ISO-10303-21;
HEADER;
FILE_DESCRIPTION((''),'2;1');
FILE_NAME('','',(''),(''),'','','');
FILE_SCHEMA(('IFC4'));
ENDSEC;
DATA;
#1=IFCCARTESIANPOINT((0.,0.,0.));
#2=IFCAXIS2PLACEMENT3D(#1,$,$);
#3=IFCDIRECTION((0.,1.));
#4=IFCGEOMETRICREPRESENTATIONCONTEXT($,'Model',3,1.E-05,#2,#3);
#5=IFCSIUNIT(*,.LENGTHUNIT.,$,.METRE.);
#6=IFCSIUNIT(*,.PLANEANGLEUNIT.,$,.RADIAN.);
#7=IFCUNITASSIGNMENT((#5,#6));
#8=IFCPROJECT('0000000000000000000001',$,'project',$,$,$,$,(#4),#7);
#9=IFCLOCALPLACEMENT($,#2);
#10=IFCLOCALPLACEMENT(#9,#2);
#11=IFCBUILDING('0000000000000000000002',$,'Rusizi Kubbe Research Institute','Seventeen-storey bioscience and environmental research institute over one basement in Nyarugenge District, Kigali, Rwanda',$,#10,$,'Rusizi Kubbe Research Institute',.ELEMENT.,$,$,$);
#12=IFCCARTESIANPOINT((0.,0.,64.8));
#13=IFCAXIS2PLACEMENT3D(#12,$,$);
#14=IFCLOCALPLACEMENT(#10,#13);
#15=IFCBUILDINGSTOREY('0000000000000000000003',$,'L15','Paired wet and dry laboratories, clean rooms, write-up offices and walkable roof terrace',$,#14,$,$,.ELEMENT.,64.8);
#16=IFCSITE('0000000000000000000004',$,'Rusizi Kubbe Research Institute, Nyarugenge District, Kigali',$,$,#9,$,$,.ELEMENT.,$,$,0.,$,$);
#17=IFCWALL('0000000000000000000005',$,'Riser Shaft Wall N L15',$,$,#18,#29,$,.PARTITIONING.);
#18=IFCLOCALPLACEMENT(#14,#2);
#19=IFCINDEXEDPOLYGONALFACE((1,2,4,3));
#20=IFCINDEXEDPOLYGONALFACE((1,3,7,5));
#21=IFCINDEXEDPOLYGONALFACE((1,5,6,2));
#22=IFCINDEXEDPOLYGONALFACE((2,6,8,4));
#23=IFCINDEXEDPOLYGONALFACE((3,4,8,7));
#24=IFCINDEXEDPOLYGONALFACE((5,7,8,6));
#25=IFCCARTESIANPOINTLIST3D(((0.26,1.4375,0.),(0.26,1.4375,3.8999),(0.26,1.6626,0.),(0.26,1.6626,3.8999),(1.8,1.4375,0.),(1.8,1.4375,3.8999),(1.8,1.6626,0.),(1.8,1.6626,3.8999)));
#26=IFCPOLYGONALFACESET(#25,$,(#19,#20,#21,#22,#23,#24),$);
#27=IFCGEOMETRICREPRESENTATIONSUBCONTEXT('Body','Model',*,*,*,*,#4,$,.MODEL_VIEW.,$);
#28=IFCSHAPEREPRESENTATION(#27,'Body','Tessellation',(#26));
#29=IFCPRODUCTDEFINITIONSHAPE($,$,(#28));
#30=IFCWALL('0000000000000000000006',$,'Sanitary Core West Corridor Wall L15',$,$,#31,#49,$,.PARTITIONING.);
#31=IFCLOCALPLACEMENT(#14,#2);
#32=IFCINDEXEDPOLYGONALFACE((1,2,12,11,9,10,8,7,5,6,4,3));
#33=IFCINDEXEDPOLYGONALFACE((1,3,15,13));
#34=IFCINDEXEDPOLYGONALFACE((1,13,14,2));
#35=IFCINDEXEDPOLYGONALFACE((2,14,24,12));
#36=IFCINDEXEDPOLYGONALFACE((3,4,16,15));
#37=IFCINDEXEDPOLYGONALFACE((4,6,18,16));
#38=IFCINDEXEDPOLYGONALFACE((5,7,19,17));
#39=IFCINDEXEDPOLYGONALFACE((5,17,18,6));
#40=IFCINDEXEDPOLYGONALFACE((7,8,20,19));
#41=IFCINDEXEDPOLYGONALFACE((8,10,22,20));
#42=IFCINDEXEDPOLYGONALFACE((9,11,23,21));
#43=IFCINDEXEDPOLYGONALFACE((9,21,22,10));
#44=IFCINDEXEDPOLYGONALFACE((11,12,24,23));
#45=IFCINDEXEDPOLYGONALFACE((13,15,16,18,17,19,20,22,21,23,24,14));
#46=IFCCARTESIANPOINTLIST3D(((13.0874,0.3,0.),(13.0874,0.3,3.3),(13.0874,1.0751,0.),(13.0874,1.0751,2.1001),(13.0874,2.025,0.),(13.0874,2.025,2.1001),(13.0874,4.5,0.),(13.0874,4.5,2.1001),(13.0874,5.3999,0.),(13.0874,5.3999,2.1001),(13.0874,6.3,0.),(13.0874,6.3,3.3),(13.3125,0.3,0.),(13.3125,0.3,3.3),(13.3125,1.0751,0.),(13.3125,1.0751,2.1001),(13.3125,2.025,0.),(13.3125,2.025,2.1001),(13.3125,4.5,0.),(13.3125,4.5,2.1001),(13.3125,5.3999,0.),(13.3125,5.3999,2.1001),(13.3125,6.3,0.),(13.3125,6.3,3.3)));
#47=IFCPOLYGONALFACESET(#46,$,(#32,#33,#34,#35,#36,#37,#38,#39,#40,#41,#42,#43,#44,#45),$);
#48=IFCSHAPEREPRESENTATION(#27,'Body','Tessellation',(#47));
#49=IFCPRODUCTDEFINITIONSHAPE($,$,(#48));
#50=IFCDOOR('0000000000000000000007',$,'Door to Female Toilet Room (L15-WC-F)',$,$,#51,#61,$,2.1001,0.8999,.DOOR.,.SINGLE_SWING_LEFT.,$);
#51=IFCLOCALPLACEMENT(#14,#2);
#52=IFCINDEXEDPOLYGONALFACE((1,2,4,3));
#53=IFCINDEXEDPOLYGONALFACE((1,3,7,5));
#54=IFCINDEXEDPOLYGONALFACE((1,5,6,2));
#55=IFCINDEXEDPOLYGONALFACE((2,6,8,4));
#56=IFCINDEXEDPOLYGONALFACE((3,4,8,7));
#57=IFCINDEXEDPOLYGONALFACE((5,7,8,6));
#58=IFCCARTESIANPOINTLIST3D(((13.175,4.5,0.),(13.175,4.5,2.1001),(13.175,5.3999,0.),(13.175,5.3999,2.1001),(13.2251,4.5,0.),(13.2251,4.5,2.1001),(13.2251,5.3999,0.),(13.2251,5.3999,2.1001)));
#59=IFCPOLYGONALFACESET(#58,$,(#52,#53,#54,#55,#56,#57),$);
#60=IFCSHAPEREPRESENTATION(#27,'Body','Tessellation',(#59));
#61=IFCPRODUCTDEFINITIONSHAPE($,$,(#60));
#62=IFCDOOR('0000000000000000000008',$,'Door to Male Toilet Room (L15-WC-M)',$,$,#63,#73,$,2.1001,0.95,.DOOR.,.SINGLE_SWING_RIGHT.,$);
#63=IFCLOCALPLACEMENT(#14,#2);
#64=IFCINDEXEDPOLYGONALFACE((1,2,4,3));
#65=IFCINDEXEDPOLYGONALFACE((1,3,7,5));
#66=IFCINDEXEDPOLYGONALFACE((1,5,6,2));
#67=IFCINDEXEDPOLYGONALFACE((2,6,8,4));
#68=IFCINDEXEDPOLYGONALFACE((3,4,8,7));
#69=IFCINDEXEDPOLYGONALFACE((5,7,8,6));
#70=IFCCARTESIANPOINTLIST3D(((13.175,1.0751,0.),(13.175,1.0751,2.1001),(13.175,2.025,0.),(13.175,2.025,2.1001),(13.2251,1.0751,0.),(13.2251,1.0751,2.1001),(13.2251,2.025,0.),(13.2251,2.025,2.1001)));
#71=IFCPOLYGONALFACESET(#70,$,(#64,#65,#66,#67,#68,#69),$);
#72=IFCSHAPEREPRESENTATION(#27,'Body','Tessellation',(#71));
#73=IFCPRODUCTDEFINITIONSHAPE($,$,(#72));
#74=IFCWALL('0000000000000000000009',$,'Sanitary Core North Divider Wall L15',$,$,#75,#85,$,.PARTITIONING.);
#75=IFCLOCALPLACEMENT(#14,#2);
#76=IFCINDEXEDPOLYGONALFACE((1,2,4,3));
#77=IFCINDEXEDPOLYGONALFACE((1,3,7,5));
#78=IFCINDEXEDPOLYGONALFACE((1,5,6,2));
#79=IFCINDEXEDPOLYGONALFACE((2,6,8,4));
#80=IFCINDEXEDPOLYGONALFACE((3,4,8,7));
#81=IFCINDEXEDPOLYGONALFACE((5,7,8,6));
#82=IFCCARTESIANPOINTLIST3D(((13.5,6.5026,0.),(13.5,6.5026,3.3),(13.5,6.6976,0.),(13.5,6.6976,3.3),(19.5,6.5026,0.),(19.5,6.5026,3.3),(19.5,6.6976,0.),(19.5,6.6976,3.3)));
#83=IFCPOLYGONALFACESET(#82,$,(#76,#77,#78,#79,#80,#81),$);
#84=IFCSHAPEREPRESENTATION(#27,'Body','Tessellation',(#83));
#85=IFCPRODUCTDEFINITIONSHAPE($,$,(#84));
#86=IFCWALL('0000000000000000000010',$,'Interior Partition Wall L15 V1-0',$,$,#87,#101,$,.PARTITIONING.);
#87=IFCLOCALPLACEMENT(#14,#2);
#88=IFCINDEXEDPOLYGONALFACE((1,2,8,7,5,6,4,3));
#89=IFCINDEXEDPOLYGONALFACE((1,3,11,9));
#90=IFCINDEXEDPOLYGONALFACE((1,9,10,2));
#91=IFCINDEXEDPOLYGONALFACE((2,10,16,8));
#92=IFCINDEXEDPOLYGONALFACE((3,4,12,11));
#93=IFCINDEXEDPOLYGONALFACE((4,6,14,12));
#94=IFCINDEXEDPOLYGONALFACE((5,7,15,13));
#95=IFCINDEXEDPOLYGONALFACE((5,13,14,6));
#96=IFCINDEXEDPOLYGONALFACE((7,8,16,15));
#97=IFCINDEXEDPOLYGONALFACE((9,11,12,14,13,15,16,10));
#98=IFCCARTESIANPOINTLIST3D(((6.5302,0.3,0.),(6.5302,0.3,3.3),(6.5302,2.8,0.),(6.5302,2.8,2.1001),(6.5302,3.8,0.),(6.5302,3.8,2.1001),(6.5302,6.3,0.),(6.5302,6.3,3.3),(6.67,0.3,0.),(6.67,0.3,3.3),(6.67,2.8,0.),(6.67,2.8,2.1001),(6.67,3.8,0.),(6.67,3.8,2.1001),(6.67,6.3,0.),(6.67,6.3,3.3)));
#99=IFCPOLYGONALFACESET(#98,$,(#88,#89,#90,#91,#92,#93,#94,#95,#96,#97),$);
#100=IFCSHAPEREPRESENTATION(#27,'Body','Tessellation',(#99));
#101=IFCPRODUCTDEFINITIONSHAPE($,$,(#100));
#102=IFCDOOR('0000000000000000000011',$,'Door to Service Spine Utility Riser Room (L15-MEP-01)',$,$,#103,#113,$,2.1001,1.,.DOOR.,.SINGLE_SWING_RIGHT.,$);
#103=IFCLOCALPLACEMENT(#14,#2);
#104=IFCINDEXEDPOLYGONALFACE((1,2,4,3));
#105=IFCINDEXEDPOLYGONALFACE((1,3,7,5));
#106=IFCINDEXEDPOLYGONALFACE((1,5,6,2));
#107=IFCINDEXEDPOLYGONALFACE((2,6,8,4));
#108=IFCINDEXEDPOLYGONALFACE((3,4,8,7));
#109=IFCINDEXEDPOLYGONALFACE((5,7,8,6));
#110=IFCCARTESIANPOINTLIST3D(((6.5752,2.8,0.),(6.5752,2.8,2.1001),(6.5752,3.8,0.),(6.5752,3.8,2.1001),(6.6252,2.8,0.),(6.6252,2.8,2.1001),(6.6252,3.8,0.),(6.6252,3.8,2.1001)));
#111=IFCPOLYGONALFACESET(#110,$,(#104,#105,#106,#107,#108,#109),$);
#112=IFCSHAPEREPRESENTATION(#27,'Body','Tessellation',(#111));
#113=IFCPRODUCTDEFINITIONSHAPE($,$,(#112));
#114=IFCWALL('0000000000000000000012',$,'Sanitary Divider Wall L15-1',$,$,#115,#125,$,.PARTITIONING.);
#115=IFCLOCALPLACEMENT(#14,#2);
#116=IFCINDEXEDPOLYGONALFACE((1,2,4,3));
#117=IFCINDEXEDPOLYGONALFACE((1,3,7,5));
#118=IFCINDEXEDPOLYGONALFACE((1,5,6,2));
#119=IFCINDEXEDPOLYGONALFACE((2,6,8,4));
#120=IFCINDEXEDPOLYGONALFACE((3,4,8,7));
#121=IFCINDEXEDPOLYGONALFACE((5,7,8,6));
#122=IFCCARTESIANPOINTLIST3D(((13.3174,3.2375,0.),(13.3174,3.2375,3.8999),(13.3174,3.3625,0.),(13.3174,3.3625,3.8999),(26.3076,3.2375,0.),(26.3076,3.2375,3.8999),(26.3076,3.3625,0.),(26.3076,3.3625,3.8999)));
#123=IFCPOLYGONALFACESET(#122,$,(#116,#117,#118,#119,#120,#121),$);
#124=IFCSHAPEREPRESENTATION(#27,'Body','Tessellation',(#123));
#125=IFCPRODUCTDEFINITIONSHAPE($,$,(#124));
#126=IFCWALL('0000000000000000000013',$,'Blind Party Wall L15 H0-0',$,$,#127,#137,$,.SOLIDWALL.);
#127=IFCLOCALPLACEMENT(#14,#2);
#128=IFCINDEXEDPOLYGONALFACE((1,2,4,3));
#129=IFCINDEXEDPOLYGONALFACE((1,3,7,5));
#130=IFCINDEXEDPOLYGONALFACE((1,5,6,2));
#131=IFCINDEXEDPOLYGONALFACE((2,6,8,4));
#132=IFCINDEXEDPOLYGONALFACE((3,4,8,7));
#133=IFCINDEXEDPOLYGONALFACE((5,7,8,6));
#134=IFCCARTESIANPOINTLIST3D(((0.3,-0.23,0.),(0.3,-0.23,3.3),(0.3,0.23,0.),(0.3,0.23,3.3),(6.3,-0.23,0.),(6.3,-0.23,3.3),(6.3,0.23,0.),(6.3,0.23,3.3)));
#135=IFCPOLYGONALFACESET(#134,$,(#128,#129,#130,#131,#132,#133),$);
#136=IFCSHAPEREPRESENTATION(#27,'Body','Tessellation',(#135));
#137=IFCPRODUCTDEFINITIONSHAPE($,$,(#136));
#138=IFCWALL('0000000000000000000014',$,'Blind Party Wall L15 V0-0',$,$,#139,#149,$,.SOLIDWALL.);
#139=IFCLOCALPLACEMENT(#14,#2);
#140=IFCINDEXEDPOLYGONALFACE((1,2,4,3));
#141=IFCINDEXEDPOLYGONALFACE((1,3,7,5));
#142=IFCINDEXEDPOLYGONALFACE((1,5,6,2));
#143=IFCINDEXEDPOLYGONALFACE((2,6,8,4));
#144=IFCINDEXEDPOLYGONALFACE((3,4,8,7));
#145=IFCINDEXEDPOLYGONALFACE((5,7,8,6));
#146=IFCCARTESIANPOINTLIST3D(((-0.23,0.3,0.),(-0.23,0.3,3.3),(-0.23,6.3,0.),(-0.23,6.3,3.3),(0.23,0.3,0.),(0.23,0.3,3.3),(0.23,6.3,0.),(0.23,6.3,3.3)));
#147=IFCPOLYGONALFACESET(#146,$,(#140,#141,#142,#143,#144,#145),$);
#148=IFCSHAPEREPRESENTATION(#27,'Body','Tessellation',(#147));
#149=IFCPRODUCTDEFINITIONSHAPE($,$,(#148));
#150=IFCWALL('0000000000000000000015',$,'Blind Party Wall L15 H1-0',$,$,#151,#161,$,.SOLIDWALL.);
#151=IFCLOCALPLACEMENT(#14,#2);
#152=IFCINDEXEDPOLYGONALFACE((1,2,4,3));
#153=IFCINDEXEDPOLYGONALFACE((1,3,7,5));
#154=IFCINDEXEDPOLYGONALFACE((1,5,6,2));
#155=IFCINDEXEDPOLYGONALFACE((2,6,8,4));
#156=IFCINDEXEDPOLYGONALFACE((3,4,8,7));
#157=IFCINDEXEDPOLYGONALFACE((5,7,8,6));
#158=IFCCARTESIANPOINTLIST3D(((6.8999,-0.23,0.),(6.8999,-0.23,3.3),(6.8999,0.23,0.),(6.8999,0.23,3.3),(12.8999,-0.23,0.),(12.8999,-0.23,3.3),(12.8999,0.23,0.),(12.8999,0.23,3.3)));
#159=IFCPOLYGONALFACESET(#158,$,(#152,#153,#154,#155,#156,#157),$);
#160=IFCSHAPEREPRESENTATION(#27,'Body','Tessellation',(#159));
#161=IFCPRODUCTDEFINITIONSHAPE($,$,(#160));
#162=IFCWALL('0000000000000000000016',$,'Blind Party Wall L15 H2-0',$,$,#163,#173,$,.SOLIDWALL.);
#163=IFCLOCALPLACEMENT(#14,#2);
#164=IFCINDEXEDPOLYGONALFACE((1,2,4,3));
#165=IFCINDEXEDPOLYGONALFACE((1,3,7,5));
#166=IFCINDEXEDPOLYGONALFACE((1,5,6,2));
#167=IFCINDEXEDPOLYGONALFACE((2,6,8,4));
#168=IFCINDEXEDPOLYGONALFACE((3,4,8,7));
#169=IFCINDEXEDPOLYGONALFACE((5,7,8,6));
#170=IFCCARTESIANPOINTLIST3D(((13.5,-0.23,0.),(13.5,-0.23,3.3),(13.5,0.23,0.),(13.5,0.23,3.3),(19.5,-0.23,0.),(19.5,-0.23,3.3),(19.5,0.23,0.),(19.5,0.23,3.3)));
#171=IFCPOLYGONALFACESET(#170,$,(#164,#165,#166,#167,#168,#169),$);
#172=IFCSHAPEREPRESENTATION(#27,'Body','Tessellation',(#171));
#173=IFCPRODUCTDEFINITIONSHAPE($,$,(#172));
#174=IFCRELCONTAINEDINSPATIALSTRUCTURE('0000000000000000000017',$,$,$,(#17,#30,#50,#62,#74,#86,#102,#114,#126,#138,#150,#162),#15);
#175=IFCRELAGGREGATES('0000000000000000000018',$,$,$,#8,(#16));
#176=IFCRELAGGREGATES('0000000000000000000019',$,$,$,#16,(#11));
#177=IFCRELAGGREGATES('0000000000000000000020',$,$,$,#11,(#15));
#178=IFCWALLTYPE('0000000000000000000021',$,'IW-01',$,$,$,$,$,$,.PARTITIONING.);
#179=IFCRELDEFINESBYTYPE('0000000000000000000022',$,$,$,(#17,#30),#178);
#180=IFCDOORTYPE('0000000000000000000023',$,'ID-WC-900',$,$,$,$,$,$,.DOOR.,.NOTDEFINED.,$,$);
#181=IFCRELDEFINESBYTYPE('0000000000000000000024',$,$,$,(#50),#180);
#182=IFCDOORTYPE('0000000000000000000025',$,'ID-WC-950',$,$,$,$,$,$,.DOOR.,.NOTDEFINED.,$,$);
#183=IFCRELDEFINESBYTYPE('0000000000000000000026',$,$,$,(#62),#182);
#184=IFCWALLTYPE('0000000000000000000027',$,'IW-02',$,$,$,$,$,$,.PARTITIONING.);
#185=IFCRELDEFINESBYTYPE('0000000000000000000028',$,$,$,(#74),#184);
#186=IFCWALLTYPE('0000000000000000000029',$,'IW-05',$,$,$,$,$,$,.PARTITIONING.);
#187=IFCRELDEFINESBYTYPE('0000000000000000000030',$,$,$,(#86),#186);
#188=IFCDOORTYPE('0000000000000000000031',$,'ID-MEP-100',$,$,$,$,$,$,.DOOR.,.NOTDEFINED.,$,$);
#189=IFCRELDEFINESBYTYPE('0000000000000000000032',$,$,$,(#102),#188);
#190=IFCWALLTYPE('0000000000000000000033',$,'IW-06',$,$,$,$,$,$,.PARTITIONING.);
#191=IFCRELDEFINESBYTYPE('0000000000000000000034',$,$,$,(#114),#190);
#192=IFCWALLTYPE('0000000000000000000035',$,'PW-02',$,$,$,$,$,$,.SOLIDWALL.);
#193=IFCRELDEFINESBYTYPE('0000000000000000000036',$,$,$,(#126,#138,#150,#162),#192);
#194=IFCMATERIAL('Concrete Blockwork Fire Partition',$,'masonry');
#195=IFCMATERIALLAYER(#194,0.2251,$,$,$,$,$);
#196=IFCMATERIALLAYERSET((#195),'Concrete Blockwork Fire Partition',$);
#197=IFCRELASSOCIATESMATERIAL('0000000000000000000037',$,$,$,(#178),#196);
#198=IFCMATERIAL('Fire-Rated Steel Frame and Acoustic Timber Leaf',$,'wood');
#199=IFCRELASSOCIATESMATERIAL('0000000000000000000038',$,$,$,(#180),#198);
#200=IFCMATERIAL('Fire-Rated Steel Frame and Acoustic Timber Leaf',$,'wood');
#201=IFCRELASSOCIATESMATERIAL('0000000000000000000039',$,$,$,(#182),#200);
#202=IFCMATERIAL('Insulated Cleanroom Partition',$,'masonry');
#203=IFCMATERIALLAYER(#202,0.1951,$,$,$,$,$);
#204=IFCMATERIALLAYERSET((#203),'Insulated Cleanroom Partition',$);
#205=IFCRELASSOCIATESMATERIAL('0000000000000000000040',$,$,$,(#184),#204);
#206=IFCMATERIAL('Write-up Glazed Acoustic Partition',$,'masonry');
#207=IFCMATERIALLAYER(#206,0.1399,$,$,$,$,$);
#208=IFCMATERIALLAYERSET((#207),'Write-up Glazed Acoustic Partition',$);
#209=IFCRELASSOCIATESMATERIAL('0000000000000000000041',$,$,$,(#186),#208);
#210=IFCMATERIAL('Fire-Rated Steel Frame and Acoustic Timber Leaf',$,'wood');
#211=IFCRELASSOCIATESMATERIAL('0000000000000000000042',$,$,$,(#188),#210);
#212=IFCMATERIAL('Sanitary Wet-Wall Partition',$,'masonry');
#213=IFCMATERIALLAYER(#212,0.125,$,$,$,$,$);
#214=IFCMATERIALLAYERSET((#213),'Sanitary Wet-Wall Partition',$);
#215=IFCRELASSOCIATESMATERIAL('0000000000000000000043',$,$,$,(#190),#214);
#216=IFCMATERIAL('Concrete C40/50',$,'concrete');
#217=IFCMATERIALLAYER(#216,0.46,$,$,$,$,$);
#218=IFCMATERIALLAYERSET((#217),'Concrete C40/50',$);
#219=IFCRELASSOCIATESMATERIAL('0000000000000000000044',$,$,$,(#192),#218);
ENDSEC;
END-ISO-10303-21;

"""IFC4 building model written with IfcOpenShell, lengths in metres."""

from ifc_helpers import new_model, si_unit, direction, frame, frame_2d, origin, place, context, subcontext, project, spatial, rectangle, extrude, material, layer, layer_set, type_object, element, fill, save


model = new_model("IFC4")

# Units and contexts
model_context = context("Model", 3, precision=1e-05, world=origin(), true_north=direction((0.0, 1.0)))
body_context = subcontext(model_context, "Body", "Model", "MODEL_VIEW")
ifc_project = project(units=[si_unit("LENGTHUNIT", "METRE"), si_unit("PLANEANGLEUNIT", "RADIAN")], contexts=[model_context])

# Site, building, storey
site_placement = place(None, origin())
site = spatial("IfcSite", under=ifc_project, at=site_placement, Name="Rusizi Kubbe Research Institute, Nyarugenge District, Kigali", CompositionType="ELEMENT", RefElevation=0.0)
building_placement = place(site_placement, origin())
building = spatial("IfcBuilding", under=site, at=building_placement, Name="Rusizi Kubbe Research Institute", Description="Seventeen-storey bioscience and environmental research institute over one basement in Nyarugenge District, Kigali, Rwanda", LongName="Rusizi Kubbe Research Institute", CompositionType="ELEMENT")
storey_placement = place(building_placement, frame((0.0, 0.0, 64.8)))
storey = spatial("IfcBuildingStorey", under=building, at=storey_placement, Name="L15", Description="Paired wet and dry laboratories, clean rooms, write-up offices and walkable roof terrace", CompositionType="ELEMENT", Elevation=64.8)

# Wall
ifc_material_1 = material(Name="Concrete Blockwork Fire Partition", Category="masonry")
ifc_layer_1 = layer(ifc_material_1, 0.2251)
ifc_layer_set_1 = layer_set([ifc_layer_1], Name="Concrete Blockwork Fire Partition")
wall_type_1 = type_object("IfcWallType", Name="IW-01", PredefinedType="PARTITIONING", material=ifc_layer_set_1)
wall_1_placement = place(storey_placement, frame((0.26, 1.55, 0.0), z_axis=(0.0, 0.0, 1.0), x_axis=(1.0, 0.0, 0.0)))
element("IfcWall", 1, at=wall_1_placement, inside=storey, type_object=wall_type_1, Name="Riser Shaft Wall N L15", PredefinedType="PARTITIONING", context=body_context, shape_type="SweptSolid", body=[
    extrude(rectangle(XDim=1.54, YDim=0.2251, at=frame_2d((0.77, 0.0))), origin(), (0.0, 0.0, 1.0), 3.8999),
])

# Wall, openings, doors
wall_2_placement = place(storey_placement, frame((13.2, 0.3, 0.0), z_axis=(0.0, 0.0, 1.0), x_axis=(0.0, 1.0, 0.0)))
wall_2 = element("IfcWall", 2, at=wall_2_placement, inside=storey, type_object=wall_type_1, Name="Sanitary Core West Corridor Wall L15", PredefinedType="PARTITIONING", context=body_context, shape_type="SweptSolid", body=[
    extrude(rectangle(XDim=6.0, YDim=0.2251, at=frame_2d((3.0, 0.0))), origin(), (0.0, 0.0, 1.0), 3.3),
])
opening_1_placement = place(wall_2_placement, frame((0.7749, 0.0, 0.0)))
opening_1 = element("IfcOpeningElement", 3, at=opening_1_placement, cuts=wall_2, PredefinedType="OPENING", context=body_context, shape_type="SweptSolid", body=[
    extrude(rectangle(XDim=0.95, YDim=2.1001, at=frame_2d((0.4751, 1.05))), frame((0.0, 0.1226, 0.0), z_axis=(0.0, -1.0, 0.0), x_axis=(1.0, 0.0, 0.0)), (0.0, 0.0, 1.0), 0.2451),
])
opening_2_placement = place(wall_2_placement, frame((4.2, 0.0, 0.0)))
opening_2 = element("IfcOpeningElement", 4, at=opening_2_placement, cuts=wall_2, PredefinedType="OPENING", context=body_context, shape_type="SweptSolid", body=[
    extrude(rectangle(XDim=0.8999, YDim=2.1001, at=frame_2d((0.45, 1.05))), frame((0.0, 0.1226, 0.0), z_axis=(0.0, -1.0, 0.0), x_axis=(1.0, 0.0, 0.0)), (0.0, 0.0, 1.0), 0.2451),
])
ifc_material_2 = material(Name="Fire-Rated Steel Frame and Acoustic Timber Leaf", Category="wood")
door_type_1 = type_object("IfcDoorType", Name="ID-WC-900", OperationType="NOTDEFINED", PredefinedType="DOOR", material=ifc_material_2)
door_1_placement = place(opening_2_placement, origin())
door_1 = element("IfcDoor", 5, at=door_1_placement, inside=storey, type_object=door_type_1, Name="Door to Female Toilet Room (L15-WC-F)", OperationType="SINGLE_SWING_LEFT", OverallHeight=2.1001, OverallWidth=0.8999, PredefinedType="DOOR", context=body_context, shape_type="SweptSolid", body=[
    extrude(rectangle(XDim=0.8999, YDim=2.1001, at=frame_2d((0.45, 1.05))), frame((0.0, 0.0249, 0.0), z_axis=(0.0, -1.0, 0.0), x_axis=(1.0, 0.0, 0.0)), (0.0, 0.0, 1.0), 0.05),
])
fill(opening_2, door_1)
ifc_material_3 = material(Name="Fire-Rated Steel Frame and Acoustic Timber Leaf", Category="wood")
door_type_2 = type_object("IfcDoorType", Name="ID-WC-950", OperationType="NOTDEFINED", PredefinedType="DOOR", material=ifc_material_3)
door_2_placement = place(opening_1_placement, origin())
door_2 = element("IfcDoor", 6, at=door_2_placement, inside=storey, type_object=door_type_2, Name="Door to Male Toilet Room (L15-WC-M)", OperationType="SINGLE_SWING_RIGHT", OverallHeight=2.1001, OverallWidth=0.95, PredefinedType="DOOR", context=body_context, shape_type="SweptSolid", body=[
    extrude(rectangle(XDim=0.95, YDim=2.1001, at=frame_2d((0.4751, 1.05))), frame((0.0, 0.0249, 0.0), z_axis=(0.0, -1.0, 0.0), x_axis=(1.0, 0.0, 0.0)), (0.0, 0.0, 1.0), 0.05),
])
fill(opening_1, door_2)

# Wall
ifc_material_4 = material(Name="Insulated Cleanroom Partition", Category="masonry")
ifc_layer_2 = layer(ifc_material_4, 0.1951)
ifc_layer_set_2 = layer_set([ifc_layer_2], Name="Insulated Cleanroom Partition")
wall_type_2 = type_object("IfcWallType", Name="IW-02", PredefinedType="PARTITIONING", material=ifc_layer_set_2)
wall_3_placement = place(storey_placement, frame((13.5, 6.6001, 0.0), z_axis=(0.0, 0.0, 1.0), x_axis=(1.0, 0.0, 0.0)))
element("IfcWall", 7, at=wall_3_placement, inside=storey, type_object=wall_type_2, Name="Sanitary Core North Divider Wall L15", PredefinedType="PARTITIONING", context=body_context, shape_type="SweptSolid", body=[
    extrude(rectangle(XDim=6.0, YDim=0.1951, at=frame_2d((3.0, 0.0))), origin(), (0.0, 0.0, 1.0), 3.3),
])

# Wall, opening, door
ifc_material_5 = material(Name="Write-up Glazed Acoustic Partition", Category="masonry")
ifc_layer_3 = layer(ifc_material_5, 0.1399)
ifc_layer_set_3 = layer_set([ifc_layer_3], Name="Write-up Glazed Acoustic Partition")
wall_type_3 = type_object("IfcWallType", Name="IW-05", PredefinedType="PARTITIONING", material=ifc_layer_set_3)
wall_4_placement = place(storey_placement, frame((6.6001, 0.3, 0.0), z_axis=(0.0, 0.0, 1.0), x_axis=(0.0, 1.0, 0.0)))
wall_4 = element("IfcWall", 8, at=wall_4_placement, inside=storey, type_object=wall_type_3, Name="Interior Partition Wall L15 V1-0", PredefinedType="PARTITIONING", context=body_context, shape_type="SweptSolid", body=[
    extrude(rectangle(XDim=6.0, YDim=0.1399, at=frame_2d((3.0, 0.0))), origin(), (0.0, 0.0, 1.0), 3.3),
])
opening_3_placement = place(wall_4_placement, frame((2.5, 0.0, 0.0)))
opening_3 = element("IfcOpeningElement", 9, at=opening_3_placement, cuts=wall_4, PredefinedType="OPENING", context=body_context, shape_type="SweptSolid", body=[
    extrude(rectangle(XDim=1.0, YDim=2.1001, at=frame_2d((0.5, 1.05))), frame((0.0, 0.0798, 0.0), z_axis=(0.0, -1.0, 0.0), x_axis=(1.0, 0.0, 0.0)), (0.0, 0.0, 1.0), 0.1599),
])
ifc_material_6 = material(Name="Fire-Rated Steel Frame and Acoustic Timber Leaf", Category="wood")
door_type_3 = type_object("IfcDoorType", Name="ID-MEP-100", OperationType="NOTDEFINED", PredefinedType="DOOR", material=ifc_material_6)
door_3_placement = place(opening_3_placement, origin())
door_3 = element("IfcDoor", 10, at=door_3_placement, inside=storey, type_object=door_type_3, Name="Door to Service Spine Utility Riser Room (L15-MEP-01)", OperationType="SINGLE_SWING_RIGHT", OverallHeight=2.1001, OverallWidth=1.0, PredefinedType="DOOR", context=body_context, shape_type="SweptSolid", body=[
    extrude(rectangle(XDim=1.0, YDim=2.1001, at=frame_2d((0.5, 1.05))), frame((0.0, 0.0249, 0.0), z_axis=(0.0, -1.0, 0.0), x_axis=(1.0, 0.0, 0.0)), (0.0, 0.0, 1.0), 0.05),
])
fill(opening_3, door_3)

# Walls
ifc_material_7 = material(Name="Sanitary Wet-Wall Partition", Category="masonry")
ifc_layer_4 = layer(ifc_material_7, 0.125)
ifc_layer_set_4 = layer_set([ifc_layer_4], Name="Sanitary Wet-Wall Partition")
wall_type_4 = type_object("IfcWallType", Name="IW-06", PredefinedType="PARTITIONING", material=ifc_layer_set_4)
wall_5_placement = place(storey_placement, frame((13.3174, 3.3, 0.0), z_axis=(0.0, 0.0, 1.0), x_axis=(1.0, 0.0, 0.0)))
element("IfcWall", 11, at=wall_5_placement, inside=storey, type_object=wall_type_4, Name="Sanitary Divider Wall L15-1", PredefinedType="PARTITIONING", context=body_context, shape_type="SweptSolid", body=[
    extrude(rectangle(XDim=12.9902, YDim=0.125, at=frame_2d((6.4951, 0.0))), origin(), (0.0, 0.0, 1.0), 3.8999),
])
ifc_material_8 = material(Name="Concrete C40/50", Category="concrete")
ifc_layer_5 = layer(ifc_material_8, 0.46)
ifc_layer_set_5 = layer_set([ifc_layer_5], Name="Concrete C40/50")
wall_type_5 = type_object("IfcWallType", Name="PW-02", PredefinedType="SOLIDWALL", material=ifc_layer_set_5)
for number, where, z_axis, x_axis, name in (
    (12, (0.3, 0.0, 0.0), (0.0, 0.0, 1.0), (1.0, 0.0, 0.0), "Blind Party Wall L15 H0-0"),
    (13, (0.0, 0.3, 0.0), (0.0, 0.0, 1.0), (0.0, 1.0, 0.0), "Blind Party Wall L15 V0-0"),
    (14, (6.8999, 0.0, 0.0), (0.0, 0.0, 1.0), (1.0, 0.0, 0.0), "Blind Party Wall L15 H1-0"),
    (15, (13.5, 0.0, 0.0), (0.0, 0.0, 1.0), (1.0, 0.0, 0.0), "Blind Party Wall L15 H2-0"),
):
    element("IfcWall", number, at=place(storey_placement, frame(where, z_axis=z_axis, x_axis=x_axis)), inside=storey, type_object=wall_type_5, Name=name, PredefinedType="SOLIDWALL", context=body_context, shape_type="SweptSolid", body=[
        extrude(rectangle(XDim=6.0, YDim=0.46, at=frame_2d((3.0, 0.0))), origin(), (0.0, 0.0, 1.0), 3.3),
    ])

save(model, "model.ifc")
